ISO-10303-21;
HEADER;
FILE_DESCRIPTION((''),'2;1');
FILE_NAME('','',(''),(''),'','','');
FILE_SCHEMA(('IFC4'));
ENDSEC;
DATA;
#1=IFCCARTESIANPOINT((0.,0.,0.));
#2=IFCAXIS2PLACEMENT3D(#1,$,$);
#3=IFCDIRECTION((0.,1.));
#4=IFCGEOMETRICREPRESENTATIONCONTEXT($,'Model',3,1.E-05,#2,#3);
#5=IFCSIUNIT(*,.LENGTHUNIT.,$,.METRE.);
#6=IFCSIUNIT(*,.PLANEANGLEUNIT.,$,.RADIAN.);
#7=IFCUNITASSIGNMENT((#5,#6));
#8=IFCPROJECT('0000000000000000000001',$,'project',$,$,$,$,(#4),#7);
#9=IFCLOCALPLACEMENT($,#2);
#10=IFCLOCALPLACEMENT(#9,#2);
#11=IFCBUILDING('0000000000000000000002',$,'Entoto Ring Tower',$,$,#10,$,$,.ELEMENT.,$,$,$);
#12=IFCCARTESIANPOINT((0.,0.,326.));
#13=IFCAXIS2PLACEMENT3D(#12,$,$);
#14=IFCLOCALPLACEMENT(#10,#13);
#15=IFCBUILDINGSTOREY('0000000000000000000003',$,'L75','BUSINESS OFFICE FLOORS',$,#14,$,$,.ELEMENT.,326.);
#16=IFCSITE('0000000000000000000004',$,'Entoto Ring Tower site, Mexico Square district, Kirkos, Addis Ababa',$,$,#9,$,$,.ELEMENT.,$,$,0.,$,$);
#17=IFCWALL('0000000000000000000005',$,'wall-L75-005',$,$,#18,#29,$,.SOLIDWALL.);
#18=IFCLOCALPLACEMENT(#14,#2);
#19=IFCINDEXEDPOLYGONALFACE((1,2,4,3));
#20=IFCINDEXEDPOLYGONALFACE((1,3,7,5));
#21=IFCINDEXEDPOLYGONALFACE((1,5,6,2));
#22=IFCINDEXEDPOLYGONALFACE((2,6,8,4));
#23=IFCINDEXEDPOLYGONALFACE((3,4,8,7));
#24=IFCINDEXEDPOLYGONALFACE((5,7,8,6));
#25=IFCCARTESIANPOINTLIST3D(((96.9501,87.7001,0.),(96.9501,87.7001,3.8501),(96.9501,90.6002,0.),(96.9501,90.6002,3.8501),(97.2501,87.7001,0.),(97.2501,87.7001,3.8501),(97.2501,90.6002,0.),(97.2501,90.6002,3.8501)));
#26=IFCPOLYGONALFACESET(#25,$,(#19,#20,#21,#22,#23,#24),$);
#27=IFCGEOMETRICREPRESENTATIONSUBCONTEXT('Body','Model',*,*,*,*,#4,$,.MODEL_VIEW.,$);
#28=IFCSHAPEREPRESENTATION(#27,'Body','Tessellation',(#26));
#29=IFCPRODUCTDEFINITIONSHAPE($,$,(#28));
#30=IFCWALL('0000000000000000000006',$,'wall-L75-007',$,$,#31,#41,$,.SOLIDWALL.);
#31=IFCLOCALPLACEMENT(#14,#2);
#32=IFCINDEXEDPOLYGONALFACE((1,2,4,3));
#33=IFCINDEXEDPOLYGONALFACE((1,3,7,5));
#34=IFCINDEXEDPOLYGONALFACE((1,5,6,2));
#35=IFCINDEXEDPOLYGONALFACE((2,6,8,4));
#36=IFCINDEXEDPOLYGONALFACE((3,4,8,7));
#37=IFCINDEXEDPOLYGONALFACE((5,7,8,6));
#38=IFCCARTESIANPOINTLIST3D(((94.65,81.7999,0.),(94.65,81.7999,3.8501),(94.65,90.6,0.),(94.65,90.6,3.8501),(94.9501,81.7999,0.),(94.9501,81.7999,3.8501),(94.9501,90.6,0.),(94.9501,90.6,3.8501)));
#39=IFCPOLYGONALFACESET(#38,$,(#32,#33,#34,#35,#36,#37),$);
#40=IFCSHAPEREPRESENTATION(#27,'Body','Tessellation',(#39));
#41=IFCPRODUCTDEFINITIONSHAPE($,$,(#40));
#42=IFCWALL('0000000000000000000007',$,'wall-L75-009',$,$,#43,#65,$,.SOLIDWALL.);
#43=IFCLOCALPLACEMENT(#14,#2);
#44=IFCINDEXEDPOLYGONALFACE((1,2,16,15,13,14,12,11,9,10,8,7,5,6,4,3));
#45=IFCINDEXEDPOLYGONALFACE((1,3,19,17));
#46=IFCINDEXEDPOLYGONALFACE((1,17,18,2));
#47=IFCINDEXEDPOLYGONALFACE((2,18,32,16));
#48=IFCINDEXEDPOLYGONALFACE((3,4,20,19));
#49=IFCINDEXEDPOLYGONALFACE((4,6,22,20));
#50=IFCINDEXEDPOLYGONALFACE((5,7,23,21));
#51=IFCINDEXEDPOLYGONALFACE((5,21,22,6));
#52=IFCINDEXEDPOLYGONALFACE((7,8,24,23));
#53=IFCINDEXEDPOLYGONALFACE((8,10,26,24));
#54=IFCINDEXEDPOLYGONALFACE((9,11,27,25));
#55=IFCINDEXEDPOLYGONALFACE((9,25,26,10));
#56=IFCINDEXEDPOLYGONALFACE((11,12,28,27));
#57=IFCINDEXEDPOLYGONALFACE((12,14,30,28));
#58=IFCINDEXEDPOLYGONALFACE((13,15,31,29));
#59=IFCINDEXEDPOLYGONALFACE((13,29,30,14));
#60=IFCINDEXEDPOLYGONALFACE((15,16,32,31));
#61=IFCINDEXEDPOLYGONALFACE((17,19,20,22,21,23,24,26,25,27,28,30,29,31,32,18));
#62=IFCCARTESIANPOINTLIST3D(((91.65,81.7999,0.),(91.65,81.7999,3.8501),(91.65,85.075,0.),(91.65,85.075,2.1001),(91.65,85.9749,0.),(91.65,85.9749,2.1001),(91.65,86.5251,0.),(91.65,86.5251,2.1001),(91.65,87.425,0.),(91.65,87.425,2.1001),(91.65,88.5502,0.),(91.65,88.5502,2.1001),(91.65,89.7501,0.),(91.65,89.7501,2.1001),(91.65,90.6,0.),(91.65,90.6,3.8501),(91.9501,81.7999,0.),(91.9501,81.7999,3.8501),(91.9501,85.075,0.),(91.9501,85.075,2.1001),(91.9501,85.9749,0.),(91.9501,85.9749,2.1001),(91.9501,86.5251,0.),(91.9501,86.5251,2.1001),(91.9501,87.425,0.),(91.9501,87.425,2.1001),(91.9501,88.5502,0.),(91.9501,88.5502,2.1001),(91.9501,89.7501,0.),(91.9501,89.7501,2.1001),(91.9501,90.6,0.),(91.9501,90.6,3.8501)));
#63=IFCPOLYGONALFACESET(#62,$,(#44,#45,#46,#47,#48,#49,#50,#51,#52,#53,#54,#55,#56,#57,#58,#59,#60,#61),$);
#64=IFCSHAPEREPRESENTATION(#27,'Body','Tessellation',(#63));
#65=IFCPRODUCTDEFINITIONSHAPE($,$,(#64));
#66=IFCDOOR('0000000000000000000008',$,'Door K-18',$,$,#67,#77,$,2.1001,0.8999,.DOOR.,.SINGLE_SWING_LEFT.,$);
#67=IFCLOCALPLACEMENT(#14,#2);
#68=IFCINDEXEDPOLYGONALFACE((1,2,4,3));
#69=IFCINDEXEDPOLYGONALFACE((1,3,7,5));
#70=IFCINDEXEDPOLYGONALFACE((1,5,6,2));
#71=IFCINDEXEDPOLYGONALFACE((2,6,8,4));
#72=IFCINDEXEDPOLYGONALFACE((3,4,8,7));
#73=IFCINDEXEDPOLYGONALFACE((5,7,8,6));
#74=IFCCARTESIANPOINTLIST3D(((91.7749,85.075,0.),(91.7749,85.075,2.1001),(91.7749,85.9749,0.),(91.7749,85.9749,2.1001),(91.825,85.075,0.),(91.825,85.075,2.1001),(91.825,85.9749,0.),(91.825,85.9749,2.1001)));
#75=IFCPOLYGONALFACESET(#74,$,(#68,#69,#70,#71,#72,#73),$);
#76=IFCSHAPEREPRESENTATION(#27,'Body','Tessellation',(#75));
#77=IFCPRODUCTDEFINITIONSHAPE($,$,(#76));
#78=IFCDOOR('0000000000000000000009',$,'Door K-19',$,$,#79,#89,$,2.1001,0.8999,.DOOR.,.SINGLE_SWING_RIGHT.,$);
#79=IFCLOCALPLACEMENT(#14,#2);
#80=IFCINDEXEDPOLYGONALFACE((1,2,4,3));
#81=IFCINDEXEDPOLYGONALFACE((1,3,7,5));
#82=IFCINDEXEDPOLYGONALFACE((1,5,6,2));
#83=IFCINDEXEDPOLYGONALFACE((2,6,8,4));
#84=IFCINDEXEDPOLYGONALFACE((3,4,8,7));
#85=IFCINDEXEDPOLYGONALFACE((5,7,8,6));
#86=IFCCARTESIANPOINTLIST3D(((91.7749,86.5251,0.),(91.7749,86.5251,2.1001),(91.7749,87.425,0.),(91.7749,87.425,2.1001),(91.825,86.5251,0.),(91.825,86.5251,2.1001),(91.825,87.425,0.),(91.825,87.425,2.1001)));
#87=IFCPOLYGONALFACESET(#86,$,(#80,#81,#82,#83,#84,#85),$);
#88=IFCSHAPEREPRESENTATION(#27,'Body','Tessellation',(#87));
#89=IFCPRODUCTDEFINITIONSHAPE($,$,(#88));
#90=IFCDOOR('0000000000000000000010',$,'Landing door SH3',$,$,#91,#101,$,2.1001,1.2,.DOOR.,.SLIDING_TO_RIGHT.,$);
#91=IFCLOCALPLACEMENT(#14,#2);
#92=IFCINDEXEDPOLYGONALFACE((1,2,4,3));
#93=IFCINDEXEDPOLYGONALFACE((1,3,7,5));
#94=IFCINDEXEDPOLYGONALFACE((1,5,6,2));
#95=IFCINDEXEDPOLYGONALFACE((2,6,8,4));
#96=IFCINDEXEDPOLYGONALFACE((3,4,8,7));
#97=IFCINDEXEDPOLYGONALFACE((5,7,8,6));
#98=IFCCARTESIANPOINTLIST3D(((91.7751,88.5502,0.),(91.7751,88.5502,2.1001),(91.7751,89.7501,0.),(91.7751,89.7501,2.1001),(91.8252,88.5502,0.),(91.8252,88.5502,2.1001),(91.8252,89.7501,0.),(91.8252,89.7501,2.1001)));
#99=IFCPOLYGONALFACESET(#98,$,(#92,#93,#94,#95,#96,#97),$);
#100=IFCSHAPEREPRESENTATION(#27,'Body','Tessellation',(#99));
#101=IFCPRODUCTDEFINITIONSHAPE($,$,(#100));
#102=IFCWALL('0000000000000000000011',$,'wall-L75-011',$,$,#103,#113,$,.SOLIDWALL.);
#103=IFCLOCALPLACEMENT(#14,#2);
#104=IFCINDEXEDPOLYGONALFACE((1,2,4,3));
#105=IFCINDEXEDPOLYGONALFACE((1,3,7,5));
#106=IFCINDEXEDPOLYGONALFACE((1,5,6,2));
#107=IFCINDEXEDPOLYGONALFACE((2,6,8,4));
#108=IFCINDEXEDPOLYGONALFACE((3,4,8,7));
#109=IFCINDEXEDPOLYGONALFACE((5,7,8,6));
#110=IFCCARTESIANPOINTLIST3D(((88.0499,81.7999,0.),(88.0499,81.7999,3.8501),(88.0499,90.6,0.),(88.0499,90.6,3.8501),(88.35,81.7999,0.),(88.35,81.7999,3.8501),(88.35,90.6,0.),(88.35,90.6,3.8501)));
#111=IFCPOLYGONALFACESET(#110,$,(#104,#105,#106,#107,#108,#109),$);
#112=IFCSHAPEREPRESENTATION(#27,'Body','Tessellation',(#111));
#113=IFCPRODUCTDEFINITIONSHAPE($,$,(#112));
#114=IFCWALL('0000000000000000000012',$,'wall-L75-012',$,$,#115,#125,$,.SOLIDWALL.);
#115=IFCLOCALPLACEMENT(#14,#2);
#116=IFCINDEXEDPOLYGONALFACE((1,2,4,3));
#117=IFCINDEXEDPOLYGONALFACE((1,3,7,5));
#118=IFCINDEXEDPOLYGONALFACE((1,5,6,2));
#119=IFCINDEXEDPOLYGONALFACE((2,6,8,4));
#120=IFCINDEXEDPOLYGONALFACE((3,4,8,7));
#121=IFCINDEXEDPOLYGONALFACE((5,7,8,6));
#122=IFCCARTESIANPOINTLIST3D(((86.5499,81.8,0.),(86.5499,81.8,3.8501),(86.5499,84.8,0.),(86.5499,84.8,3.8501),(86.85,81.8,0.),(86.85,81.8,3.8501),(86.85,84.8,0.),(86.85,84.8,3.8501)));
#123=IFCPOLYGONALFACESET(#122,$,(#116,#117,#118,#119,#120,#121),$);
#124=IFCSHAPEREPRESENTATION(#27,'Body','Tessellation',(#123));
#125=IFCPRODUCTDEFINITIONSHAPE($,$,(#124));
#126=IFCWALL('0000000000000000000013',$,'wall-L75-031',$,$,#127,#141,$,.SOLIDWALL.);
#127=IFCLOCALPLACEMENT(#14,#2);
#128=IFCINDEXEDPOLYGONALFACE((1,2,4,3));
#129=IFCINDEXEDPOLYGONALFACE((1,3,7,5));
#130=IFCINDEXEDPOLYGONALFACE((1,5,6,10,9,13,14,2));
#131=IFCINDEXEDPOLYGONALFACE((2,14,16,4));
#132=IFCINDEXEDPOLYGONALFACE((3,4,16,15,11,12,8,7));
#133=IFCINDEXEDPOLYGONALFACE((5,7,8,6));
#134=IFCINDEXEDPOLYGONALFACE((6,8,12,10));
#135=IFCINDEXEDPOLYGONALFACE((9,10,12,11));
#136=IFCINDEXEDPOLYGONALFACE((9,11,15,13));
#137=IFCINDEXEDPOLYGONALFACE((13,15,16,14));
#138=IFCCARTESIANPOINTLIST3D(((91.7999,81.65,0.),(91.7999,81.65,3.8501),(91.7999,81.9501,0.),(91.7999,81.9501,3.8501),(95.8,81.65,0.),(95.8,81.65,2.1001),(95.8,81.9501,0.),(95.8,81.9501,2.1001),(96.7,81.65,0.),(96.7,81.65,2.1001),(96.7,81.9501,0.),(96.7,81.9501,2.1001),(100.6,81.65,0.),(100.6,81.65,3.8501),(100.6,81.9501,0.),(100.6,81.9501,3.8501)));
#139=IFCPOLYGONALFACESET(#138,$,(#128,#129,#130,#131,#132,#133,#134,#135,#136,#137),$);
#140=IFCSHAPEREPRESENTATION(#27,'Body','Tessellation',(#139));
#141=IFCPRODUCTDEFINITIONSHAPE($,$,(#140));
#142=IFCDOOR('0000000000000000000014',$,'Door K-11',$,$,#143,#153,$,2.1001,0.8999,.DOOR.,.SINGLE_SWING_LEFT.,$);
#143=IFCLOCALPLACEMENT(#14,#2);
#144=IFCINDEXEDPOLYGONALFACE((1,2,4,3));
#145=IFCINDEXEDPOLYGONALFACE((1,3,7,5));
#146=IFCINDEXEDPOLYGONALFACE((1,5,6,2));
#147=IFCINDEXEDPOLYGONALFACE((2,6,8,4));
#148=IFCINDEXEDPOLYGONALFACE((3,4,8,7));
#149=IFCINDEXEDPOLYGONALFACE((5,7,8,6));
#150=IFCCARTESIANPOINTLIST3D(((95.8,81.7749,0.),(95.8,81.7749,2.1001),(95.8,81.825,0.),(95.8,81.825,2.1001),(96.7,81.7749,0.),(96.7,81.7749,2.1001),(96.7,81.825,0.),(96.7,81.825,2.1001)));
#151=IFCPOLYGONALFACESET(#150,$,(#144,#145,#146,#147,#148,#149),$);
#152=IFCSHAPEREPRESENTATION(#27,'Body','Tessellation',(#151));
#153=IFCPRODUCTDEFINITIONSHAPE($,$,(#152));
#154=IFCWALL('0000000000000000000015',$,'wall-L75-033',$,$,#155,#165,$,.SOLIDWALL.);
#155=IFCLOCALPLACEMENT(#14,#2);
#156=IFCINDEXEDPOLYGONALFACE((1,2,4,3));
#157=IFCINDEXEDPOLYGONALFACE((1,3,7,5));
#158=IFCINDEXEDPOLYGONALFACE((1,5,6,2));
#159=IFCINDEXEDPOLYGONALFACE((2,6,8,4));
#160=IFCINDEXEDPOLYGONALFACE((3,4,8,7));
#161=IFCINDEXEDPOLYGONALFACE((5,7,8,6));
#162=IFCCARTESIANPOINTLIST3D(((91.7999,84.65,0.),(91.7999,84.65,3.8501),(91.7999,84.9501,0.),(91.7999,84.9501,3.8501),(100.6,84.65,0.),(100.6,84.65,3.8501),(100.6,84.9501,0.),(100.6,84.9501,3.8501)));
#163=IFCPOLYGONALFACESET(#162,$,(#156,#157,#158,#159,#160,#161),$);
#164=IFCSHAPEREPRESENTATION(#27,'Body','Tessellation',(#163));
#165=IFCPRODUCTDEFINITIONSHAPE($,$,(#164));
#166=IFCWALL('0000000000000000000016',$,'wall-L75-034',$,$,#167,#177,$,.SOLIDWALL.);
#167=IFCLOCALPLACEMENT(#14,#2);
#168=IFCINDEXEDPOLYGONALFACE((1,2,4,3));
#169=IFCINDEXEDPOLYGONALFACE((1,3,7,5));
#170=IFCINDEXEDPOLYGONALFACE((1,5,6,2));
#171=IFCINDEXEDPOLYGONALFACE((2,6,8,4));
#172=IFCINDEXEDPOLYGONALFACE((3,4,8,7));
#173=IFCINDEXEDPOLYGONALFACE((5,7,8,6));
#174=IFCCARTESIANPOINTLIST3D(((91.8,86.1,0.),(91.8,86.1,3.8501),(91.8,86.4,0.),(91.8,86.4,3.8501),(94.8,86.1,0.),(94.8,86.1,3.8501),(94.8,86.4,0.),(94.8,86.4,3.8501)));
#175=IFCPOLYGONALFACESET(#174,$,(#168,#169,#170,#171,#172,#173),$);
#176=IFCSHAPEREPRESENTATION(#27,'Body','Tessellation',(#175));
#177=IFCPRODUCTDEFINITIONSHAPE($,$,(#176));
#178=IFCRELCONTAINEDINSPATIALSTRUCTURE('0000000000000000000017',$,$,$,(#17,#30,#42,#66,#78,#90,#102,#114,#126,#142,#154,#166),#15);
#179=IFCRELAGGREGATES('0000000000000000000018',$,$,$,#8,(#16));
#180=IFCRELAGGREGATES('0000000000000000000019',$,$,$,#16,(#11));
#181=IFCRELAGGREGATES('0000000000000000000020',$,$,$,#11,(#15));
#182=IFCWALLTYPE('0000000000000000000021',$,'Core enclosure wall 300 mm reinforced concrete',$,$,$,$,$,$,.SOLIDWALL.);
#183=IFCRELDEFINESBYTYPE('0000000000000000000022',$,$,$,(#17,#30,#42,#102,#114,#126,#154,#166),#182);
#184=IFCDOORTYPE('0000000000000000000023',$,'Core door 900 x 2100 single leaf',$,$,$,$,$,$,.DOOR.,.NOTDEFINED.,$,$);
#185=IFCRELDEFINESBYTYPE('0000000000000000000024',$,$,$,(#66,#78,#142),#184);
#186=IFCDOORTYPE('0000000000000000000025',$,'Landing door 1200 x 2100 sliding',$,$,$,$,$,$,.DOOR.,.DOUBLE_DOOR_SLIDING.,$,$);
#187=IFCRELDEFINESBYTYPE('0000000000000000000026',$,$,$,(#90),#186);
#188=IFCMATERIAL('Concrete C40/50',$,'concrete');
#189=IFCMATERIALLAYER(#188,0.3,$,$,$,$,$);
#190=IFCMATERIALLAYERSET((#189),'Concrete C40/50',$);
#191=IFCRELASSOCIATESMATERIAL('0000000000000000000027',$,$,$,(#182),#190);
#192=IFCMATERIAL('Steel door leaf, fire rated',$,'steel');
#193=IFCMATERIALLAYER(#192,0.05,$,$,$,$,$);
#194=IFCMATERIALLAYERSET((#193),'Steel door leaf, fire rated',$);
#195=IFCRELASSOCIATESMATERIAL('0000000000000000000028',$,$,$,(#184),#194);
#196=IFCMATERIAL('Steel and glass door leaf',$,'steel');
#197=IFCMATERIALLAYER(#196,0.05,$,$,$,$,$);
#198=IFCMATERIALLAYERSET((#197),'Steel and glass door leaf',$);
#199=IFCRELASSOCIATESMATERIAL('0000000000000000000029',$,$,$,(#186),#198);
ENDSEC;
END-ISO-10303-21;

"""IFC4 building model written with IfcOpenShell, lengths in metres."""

from ifc_helpers import new_model, si_unit, direction, frame, frame_2d, origin, place, context, subcontext, project, spatial, rectangle, extrude, material, layer, layer_set, type_object, element, fill, save


model = new_model("IFC4")

# Units and contexts
model_context = context("Model", 3, precision=1e-05, world=origin(), true_north=direction((0.0, 1.0)))
body_context = subcontext(model_context, "Body", "Model", "MODEL_VIEW")
ifc_project = project(units=[si_unit("LENGTHUNIT", "METRE"), si_unit("PLANEANGLEUNIT", "RADIAN")], contexts=[model_context])

# Site, building, storey
site_placement = place(None, origin())
site = spatial("IfcSite", under=ifc_project, at=site_placement, Name="Entoto Ring Tower site, Mexico Square district, Kirkos, Addis Ababa", CompositionType="ELEMENT", RefElevation=0.0)
building_placement = place(site_placement, origin())
building = spatial("IfcBuilding", under=site, at=building_placement, Name="Entoto Ring Tower", CompositionType="ELEMENT")
storey_placement = place(building_placement, frame((0.0, 0.0, 326.0)))
storey = spatial("IfcBuildingStorey", under=building, at=storey_placement, Name="L75", Description="BUSINESS OFFICE FLOORS", CompositionType="ELEMENT", Elevation=326.0)

# Walls
ifc_material_1 = material(Name="Concrete C40/50", Category="concrete")
ifc_layer_1 = layer(ifc_material_1, 0.3)
ifc_layer_set_1 = layer_set([ifc_layer_1], Name="Concrete C40/50")
wall_type = type_object("IfcWallType", Name="Core enclosure wall 300 mm reinforced concrete", PredefinedType="SOLIDWALL", material=ifc_layer_set_1)
wall_1_placement = place(storey_placement, frame((97.1001, 87.7, 0.0), z_axis=(0.0, 0.0, 1.0), x_axis=(0.0, 1.0, 0.0)))
element("IfcWall", 1, at=wall_1_placement, inside=storey, type_object=wall_type, Name="wall-L75-005", PredefinedType="SOLIDWALL", context=body_context, shape_type="SweptSolid", body=[
    extrude(rectangle(XDim=2.9001, YDim=0.3, at=frame_2d((1.4502, 0.0))), origin(), (0.0, 0.0, 1.0), 3.8501),
])
wall_2_placement = place(storey_placement, frame((94.8, 81.8, 0.0), z_axis=(0.0, 0.0, 1.0), x_axis=(0.0, 1.0, 0.0)))
element("IfcWall", 2, at=wall_2_placement, inside=storey, type_object=wall_type, Name="wall-L75-007", PredefinedType="SOLIDWALL", context=body_context, shape_type="SweptSolid", body=[
    extrude(rectangle(XDim=8.8, YDim=0.3, at=frame_2d((4.3999, 0.0))), origin(), (0.0, 0.0, 1.0), 3.8501),
])

# Wall, openings, doors
wall_3_placement = place(storey_placement, frame((91.8, 81.8, 0.0), z_axis=(0.0, 0.0, 1.0), x_axis=(0.0, 1.0, 0.0)))
wall_3 = element("IfcWall", 3, at=wall_3_placement, inside=storey, type_object=wall_type, Name="wall-L75-009", PredefinedType="SOLIDWALL", context=body_context, shape_type="SweptSolid", body=[
    extrude(rectangle(XDim=8.8, YDim=0.3, at=frame_2d((4.3999, 0.0))), origin(), (0.0, 0.0, 1.0), 3.8501),
])
opening_1_placement = place(wall_3_placement, frame((6.75, 0.0, 0.0)))
opening_1 = element("IfcOpeningElement", 4, at=opening_1_placement, cuts=wall_3, PredefinedType="OPENING", context=body_context, shape_type="SweptSolid", body=[
    extrude(rectangle(XDim=1.2, YDim=2.1001, at=frame_2d((0.6001, 1.05))), frame((0.0, 0.1602, 0.0), z_axis=(0.0, -1.0, 0.0), x_axis=(1.0, 0.0, 0.0)), (0.0, 0.0, 1.0), 0.3201),
])
opening_2_placement = place(wall_3_placement, frame((3.2749, 0.0, 0.0)))
opening_2 = element("IfcOpeningElement", 5, at=opening_2_placement, cuts=wall_3, PredefinedType="OPENING", context=body_context, shape_type="SweptSolid", body=[
    extrude(rectangle(XDim=0.8999, YDim=2.1001, at=frame_2d((0.45, 1.05))), frame((0.0, 0.1602, 0.0), z_axis=(0.0, -1.0, 0.0), x_axis=(1.0, 0.0, 0.0)), (0.0, 0.0, 1.0), 0.3201),
])
opening_3_placement = place(wall_3_placement, frame((4.7251, 0.0, 0.0)))
opening_3 = element("IfcOpeningElement", 6, at=opening_3_placement, cuts=wall_3, PredefinedType="OPENING", context=body_context, shape_type="SweptSolid", body=[
    extrude(rectangle(XDim=0.8999, YDim=2.1001, at=frame_2d((0.45, 1.05))), frame((0.0, 0.1602, 0.0), z_axis=(0.0, -1.0, 0.0), x_axis=(1.0, 0.0, 0.0)), (0.0, 0.0, 1.0), 0.3201),
])
ifc_material_2 = material(Name="Steel door leaf, fire rated", Category="steel")
ifc_layer_2 = layer(ifc_material_2, 0.05)
ifc_layer_set_2 = layer_set([ifc_layer_2], Name="Steel door leaf, fire rated")
door_type_1 = type_object("IfcDoorType", Name="Core door 900 x 2100 single leaf", OperationType="NOTDEFINED", PredefinedType="DOOR", material=ifc_layer_set_2)
door_1_placement = place(opening_2_placement, frame((0.8999, 0.0, 0.0), z_axis=(0.0, 0.0, 1.0), x_axis=(-1.0, 0.0, 0.0)))
door_1 = element("IfcDoor", 7, at=door_1_placement, inside=storey, type_object=door_type_1, Name="Door K-18", OperationType="SINGLE_SWING_LEFT", OverallHeight=2.1001, OverallWidth=0.8999, PredefinedType="DOOR", context=body_context, shape_type="SweptSolid", body=[
    extrude(rectangle(XDim=0.8999, YDim=2.1001, at=frame_2d((0.45, 1.05))), frame((0.0, 0.0249, 0.0), z_axis=(0.0, -1.0, 0.0), x_axis=(1.0, 0.0, 0.0)), (0.0, 0.0, 1.0), 0.05),
])
fill(opening_2, door_1)
door_2_placement = place(opening_3_placement, frame((0.8999, 0.0, 0.0), z_axis=(0.0, 0.0, 1.0), x_axis=(-1.0, 0.0, 0.0)))
door_2 = element("IfcDoor", 8, at=door_2_placement, inside=storey, type_object=door_type_1, Name="Door K-19", OperationType="SINGLE_SWING_RIGHT", OverallHeight=2.1001, OverallWidth=0.8999, PredefinedType="DOOR", context=body_context, shape_type="SweptSolid", body=[
    extrude(rectangle(XDim=0.8999, YDim=2.1001, at=frame_2d((0.45, 1.05))), frame((0.0, 0.0249, 0.0), z_axis=(0.0, -1.0, 0.0), x_axis=(1.0, 0.0, 0.0)), (0.0, 0.0, 1.0), 0.05),
])
fill(opening_3, door_2)
ifc_material_3 = material(Name="Steel and glass door leaf", Category="steel")
ifc_layer_3 = layer(ifc_material_3, 0.05)
ifc_layer_set_3 = layer_set([ifc_layer_3], Name="Steel and glass door leaf")
door_type_2 = type_object("IfcDoorType", Name="Landing door 1200 x 2100 sliding", OperationType="DOUBLE_DOOR_SLIDING", PredefinedType="DOOR", material=ifc_layer_set_3)
door_3_placement = place(opening_1_placement, origin())
door_3 = element("IfcDoor", 9, at=door_3_placement, inside=storey, type_object=door_type_2, Name="Landing door SH3", OperationType="SLIDING_TO_RIGHT", OverallHeight=2.1001, OverallWidth=1.2, PredefinedType="DOOR", context=body_context, shape_type="SweptSolid", body=[
    extrude(rectangle(XDim=1.2, YDim=2.1001, at=frame_2d((0.6001, 1.05))), frame((0.0, 0.0249, 0.0), z_axis=(0.0, -1.0, 0.0), x_axis=(1.0, 0.0, 0.0)), (0.0, 0.0, 1.0), 0.05),
])
fill(opening_1, door_3)

# Walls
wall_4_placement = place(storey_placement, frame((88.2, 81.8, 0.0), z_axis=(0.0, 0.0, 1.0), x_axis=(0.0, 1.0, 0.0)))
element("IfcWall", 10, at=wall_4_placement, inside=storey, type_object=wall_type, Name="wall-L75-011", PredefinedType="SOLIDWALL", context=body_context, shape_type="SweptSolid", body=[
    extrude(rectangle(XDim=8.8, YDim=0.3, at=frame_2d((4.3999, 0.0))), origin(), (0.0, 0.0, 1.0), 3.8501),
])
wall_5_placement = place(storey_placement, frame((86.7, 81.8, 0.0), z_axis=(0.0, 0.0, 1.0), x_axis=(0.0, 1.0, 0.0)))
element("IfcWall", 11, at=wall_5_placement, inside=storey, type_object=wall_type, Name="wall-L75-012", PredefinedType="SOLIDWALL", context=body_context, shape_type="SweptSolid", body=[
    extrude(rectangle(XDim=3.0, YDim=0.3, at=frame_2d((1.5, 0.0))), origin(), (0.0, 0.0, 1.0), 3.8501),
])

# Wall, opening, door
wall_6_placement = place(storey_placement, frame((91.8, 81.8, 0.0), z_axis=(0.0, 0.0, 1.0), x_axis=(1.0, 0.0, 0.0)))
wall_6 = element("IfcWall", 12, at=wall_6_placement, inside=storey, type_object=wall_type, Name="wall-L75-031", PredefinedType="SOLIDWALL", context=body_context, shape_type="SweptSolid", body=[
    extrude(rectangle(XDim=8.8, YDim=0.3, at=frame_2d((4.3999, 0.0))), origin(), (0.0, 0.0, 1.0), 3.8501),
])
opening_4_placement = place(wall_6_placement, frame((4.0, 0.0, 0.0)))
opening_4 = element("IfcOpeningElement", 13, at=opening_4_placement, cuts=wall_6, PredefinedType="OPENING", context=body_context, shape_type="SweptSolid", body=[
    extrude(rectangle(XDim=0.8999, YDim=2.1001, at=frame_2d((0.45, 1.05))), frame((0.0, 0.1602, 0.0), z_axis=(0.0, -1.0, 0.0), x_axis=(1.0, 0.0, 0.0)), (0.0, 0.0, 1.0), 0.3201),
])
door_4_placement = place(opening_4_placement, origin())
door_4 = element("IfcDoor", 14, at=door_4_placement, inside=storey, type_object=door_type_1, Name="Door K-11", OperationType="SINGLE_SWING_LEFT", OverallHeight=2.1001, OverallWidth=0.8999, PredefinedType="DOOR", context=body_context, shape_type="SweptSolid", body=[
    extrude(rectangle(XDim=0.8999, YDim=2.1001, at=frame_2d((0.45, 1.05))), frame((0.0, 0.0249, 0.0), z_axis=(0.0, -1.0, 0.0), x_axis=(1.0, 0.0, 0.0)), (0.0, 0.0, 1.0), 0.05),
])
fill(opening_4, door_4)

# Walls
wall_7_placement = place(storey_placement, frame((91.8, 84.8, 0.0), z_axis=(0.0, 0.0, 1.0), x_axis=(1.0, 0.0, 0.0)))
element("IfcWall", 15, at=wall_7_placement, inside=storey, type_object=wall_type, Name="wall-L75-033", PredefinedType="SOLIDWALL", context=body_context, shape_type="SweptSolid", body=[
    extrude(rectangle(XDim=8.8, YDim=0.3, at=frame_2d((4.3999, 0.0))), origin(), (0.0, 0.0, 1.0), 3.8501),
])
wall_8_placement = place(storey_placement, frame((91.8, 86.25, 0.0), z_axis=(0.0, 0.0, 1.0), x_axis=(1.0, 0.0, 0.0)))
element("IfcWall", 16, at=wall_8_placement, inside=storey, type_object=wall_type, Name="wall-L75-034", PredefinedType="SOLIDWALL", context=body_context, shape_type="SweptSolid", body=[
    extrude(rectangle(XDim=3.0, YDim=0.3, at=frame_2d((1.5, 0.0))), origin(), (0.0, 0.0, 1.0), 3.8501),
])

save(model, "model.ifc")
